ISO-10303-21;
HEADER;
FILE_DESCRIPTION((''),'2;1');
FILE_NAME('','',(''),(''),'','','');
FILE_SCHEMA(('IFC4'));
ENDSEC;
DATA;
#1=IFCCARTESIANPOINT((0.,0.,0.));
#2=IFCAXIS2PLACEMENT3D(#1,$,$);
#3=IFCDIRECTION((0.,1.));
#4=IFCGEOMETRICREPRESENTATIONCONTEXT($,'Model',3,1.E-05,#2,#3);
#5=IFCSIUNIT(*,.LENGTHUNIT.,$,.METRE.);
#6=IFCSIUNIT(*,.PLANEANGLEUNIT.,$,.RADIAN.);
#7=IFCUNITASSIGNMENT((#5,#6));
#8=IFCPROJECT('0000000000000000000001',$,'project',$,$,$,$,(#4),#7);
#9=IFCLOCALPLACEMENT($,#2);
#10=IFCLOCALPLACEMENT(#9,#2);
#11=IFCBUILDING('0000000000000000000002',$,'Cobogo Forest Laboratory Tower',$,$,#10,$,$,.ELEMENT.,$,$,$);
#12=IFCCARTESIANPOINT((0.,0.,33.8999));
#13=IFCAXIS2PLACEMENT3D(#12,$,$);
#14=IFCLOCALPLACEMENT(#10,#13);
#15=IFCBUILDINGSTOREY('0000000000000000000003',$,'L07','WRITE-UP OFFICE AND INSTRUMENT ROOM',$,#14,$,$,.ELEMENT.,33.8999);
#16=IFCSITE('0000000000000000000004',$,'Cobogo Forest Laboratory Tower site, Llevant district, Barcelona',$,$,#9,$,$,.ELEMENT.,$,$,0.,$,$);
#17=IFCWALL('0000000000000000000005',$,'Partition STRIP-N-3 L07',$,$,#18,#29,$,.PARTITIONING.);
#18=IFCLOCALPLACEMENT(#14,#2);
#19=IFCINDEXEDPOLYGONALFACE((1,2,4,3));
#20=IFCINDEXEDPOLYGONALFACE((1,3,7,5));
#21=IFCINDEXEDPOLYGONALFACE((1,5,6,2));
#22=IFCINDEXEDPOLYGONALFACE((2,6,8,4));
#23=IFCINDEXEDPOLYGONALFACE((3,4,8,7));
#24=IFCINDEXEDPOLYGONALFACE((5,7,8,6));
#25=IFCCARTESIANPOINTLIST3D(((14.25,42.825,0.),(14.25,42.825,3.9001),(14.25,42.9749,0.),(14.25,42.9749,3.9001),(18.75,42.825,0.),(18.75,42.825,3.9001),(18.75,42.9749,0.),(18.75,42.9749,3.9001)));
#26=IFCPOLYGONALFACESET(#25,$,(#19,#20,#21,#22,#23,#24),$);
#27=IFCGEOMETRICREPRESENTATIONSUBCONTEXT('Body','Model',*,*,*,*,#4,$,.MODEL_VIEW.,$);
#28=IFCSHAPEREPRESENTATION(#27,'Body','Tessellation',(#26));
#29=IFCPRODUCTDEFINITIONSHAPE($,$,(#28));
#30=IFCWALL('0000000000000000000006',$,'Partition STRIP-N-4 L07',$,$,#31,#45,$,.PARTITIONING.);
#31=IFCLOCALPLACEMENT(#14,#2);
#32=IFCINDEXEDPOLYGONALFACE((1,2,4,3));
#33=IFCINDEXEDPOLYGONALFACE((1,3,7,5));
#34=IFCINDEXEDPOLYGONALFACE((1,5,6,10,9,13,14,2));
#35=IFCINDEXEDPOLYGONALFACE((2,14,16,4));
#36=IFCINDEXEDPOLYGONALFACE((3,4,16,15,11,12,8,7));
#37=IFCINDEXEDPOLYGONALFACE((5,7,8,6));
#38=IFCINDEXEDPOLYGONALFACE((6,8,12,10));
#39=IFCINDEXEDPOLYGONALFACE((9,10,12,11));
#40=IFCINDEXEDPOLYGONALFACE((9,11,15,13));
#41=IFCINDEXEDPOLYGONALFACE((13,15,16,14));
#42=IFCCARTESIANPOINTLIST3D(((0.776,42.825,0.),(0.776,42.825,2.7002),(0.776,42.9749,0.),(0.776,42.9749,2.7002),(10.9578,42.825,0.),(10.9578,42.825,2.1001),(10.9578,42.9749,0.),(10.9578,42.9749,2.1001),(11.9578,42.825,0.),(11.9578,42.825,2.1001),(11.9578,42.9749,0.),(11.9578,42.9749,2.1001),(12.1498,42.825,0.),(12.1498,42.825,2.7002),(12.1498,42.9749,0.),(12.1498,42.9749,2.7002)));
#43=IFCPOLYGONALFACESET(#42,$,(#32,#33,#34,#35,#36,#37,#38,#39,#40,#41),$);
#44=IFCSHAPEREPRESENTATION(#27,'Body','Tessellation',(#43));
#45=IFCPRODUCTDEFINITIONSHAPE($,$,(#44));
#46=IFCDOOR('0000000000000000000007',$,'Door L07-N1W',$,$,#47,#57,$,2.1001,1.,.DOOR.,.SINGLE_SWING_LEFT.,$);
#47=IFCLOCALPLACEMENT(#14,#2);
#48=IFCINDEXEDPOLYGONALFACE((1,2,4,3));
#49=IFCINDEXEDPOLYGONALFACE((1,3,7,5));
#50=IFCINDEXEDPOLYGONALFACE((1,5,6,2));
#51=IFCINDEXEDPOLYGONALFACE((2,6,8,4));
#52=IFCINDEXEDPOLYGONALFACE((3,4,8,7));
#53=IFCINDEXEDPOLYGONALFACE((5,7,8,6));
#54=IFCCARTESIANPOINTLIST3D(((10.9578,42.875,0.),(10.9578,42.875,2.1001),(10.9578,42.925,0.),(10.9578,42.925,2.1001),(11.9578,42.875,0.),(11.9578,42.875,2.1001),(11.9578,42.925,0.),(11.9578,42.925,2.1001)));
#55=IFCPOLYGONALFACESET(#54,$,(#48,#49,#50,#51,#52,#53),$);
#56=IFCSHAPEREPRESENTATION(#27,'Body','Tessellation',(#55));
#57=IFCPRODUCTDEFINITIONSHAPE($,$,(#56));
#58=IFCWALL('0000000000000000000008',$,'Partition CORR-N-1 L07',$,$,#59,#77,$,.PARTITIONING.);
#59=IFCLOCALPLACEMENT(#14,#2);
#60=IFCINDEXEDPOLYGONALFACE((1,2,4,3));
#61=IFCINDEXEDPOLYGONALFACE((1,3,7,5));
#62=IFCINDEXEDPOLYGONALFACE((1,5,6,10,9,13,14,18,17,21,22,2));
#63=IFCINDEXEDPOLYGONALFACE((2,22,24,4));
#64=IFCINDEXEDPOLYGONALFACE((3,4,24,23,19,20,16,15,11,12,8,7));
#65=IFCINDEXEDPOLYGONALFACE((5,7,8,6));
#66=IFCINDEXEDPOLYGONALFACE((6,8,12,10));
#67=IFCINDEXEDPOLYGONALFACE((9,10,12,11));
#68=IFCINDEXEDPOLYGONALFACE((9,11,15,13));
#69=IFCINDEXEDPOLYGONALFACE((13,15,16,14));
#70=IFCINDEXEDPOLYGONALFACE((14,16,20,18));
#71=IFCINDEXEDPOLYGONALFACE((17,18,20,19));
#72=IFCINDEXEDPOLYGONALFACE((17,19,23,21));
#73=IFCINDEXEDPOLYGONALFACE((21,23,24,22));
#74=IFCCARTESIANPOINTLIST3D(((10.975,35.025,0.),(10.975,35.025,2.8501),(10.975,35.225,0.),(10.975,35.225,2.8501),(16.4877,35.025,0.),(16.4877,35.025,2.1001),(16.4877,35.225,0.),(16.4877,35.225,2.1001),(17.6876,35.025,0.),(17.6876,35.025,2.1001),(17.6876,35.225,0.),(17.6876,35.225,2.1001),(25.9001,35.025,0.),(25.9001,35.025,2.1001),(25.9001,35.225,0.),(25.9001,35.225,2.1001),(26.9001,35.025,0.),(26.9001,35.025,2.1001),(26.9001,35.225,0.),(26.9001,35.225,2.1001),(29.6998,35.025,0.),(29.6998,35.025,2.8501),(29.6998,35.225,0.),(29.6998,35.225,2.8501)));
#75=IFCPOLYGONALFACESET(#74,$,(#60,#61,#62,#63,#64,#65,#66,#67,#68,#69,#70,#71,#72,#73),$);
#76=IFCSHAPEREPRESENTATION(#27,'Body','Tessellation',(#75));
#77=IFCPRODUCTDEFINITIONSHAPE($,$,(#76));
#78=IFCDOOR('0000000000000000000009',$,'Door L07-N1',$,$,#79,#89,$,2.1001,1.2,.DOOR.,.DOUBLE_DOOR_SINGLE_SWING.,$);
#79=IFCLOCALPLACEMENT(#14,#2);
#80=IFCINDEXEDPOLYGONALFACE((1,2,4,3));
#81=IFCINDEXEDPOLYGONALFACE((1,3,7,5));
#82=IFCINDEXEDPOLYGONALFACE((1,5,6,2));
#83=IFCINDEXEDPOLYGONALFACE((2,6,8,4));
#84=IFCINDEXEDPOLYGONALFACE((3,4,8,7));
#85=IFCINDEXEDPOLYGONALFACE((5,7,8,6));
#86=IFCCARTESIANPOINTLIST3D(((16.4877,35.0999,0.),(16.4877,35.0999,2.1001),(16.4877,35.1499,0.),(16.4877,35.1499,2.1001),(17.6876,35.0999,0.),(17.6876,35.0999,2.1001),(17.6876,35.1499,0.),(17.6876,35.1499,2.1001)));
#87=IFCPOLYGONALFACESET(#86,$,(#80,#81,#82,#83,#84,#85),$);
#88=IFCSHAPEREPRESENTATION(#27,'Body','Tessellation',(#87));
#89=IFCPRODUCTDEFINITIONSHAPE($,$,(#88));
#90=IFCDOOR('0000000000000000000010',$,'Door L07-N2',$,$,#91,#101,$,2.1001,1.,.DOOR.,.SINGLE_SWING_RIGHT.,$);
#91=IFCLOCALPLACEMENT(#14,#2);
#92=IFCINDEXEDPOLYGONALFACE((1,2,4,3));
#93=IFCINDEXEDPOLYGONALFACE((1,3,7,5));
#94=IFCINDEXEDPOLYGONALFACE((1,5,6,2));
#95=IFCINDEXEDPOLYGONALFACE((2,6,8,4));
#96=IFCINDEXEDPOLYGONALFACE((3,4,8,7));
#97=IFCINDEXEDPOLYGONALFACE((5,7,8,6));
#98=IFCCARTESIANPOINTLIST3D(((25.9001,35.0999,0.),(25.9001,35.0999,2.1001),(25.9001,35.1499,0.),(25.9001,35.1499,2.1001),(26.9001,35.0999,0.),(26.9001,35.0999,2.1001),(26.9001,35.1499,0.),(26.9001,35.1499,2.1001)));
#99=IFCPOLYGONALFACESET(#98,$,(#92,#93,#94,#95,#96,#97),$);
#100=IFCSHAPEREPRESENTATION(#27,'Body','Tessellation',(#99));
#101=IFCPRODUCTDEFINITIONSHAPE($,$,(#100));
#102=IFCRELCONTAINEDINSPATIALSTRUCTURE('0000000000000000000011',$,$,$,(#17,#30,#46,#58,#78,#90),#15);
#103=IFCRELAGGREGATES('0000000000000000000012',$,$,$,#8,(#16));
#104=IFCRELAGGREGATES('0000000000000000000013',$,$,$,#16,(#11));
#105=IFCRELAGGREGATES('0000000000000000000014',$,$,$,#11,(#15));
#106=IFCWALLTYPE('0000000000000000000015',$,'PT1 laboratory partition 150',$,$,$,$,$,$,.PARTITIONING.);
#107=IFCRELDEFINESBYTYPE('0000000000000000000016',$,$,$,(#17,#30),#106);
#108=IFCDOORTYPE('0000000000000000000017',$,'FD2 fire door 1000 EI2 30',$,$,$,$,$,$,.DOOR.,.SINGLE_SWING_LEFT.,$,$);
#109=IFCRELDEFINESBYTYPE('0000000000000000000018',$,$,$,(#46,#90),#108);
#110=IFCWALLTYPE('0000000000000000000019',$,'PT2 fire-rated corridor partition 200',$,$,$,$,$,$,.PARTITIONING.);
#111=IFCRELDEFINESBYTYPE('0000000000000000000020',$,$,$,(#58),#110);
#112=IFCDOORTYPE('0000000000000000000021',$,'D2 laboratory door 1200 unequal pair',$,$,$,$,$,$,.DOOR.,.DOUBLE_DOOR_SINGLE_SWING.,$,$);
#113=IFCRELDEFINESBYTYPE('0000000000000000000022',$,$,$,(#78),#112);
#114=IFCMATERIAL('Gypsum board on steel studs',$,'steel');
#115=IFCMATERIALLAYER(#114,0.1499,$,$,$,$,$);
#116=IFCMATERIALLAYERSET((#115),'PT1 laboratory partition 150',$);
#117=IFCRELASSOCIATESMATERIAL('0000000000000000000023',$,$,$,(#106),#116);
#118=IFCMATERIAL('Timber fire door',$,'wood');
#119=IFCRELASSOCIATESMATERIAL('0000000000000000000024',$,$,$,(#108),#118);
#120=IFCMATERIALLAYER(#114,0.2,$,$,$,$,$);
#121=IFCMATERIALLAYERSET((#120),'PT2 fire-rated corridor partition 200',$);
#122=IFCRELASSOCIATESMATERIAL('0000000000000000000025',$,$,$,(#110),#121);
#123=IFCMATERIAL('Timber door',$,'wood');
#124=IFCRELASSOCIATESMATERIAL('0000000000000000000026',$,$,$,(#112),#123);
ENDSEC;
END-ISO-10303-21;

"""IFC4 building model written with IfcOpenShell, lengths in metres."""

from ifc_helpers import new_model, si_unit, direction, frame, frame_2d, origin, place, context, subcontext, project, spatial, rectangle, extrude, material, layer, layer_set, type_object, element, fill, save


model = new_model("IFC4")

# Units and contexts
model_context = context("Model", 3, precision=1e-05, world=origin(), true_north=direction((0.0, 1.0)))
body_context = subcontext(model_context, "Body", "Model", "MODEL_VIEW")
ifc_project = project(units=[si_unit("LENGTHUNIT", "METRE"), si_unit("PLANEANGLEUNIT", "RADIAN")], contexts=[model_context])

# Site, building, storey
site_placement = place(None, origin())
site = spatial("IfcSite", under=ifc_project, at=site_placement, Name="Cobogo Forest Laboratory Tower site, Llevant district, Barcelona", CompositionType="ELEMENT", RefElevation=0.0)
building_placement = place(site_placement, origin())
building = spatial("IfcBuilding", under=site, at=building_placement, Name="Cobogo Forest Laboratory Tower", CompositionType="ELEMENT")
storey_placement = place(building_placement, frame((0.0, 0.0, 33.8999)))
storey = spatial("IfcBuildingStorey", under=building, at=storey_placement, Name="L07", Description="WRITE-UP OFFICE AND INSTRUMENT ROOM", CompositionType="ELEMENT", Elevation=33.8999)

# Wall
ifc_material_1 = material(Name="Gypsum board on steel studs", Category="steel")
ifc_layer_1 = layer(ifc_material_1, 0.1499)
ifc_layer_set_1 = layer_set([ifc_layer_1], Name="PT1 laboratory partition 150")
wall_type_1 = type_object("IfcWallType", Name="PT1 laboratory partition 150", PredefinedType="PARTITIONING", material=ifc_layer_set_1)
wall_1_placement = place(storey_placement, frame((18.75, 42.8999, 0.0), z_axis=(0.0, 0.0, 1.0), x_axis=(-1.0, 0.0, 0.0)))
element("IfcWall", 1, at=wall_1_placement, inside=storey, type_object=wall_type_1, Name="Partition STRIP-N-3 L07", PredefinedType="PARTITIONING", context=body_context, shape_type="SweptSolid", body=[
    extrude(rectangle(XDim=4.5, YDim=0.1499, at=frame_2d((2.25, 0.0))), origin(), (0.0, 0.0, 1.0), 3.9001),
])

# Wall, opening, door
wall_2_placement = place(storey_placement, frame((12.1499, 42.8999, 0.0), z_axis=(0.0, 0.0, 1.0), x_axis=(-1.0, 0.0, 0.0)))
wall_2 = element("IfcWall", 2, at=wall_2_placement, inside=storey, type_object=wall_type_1, Name="Partition STRIP-N-4 L07", PredefinedType="PARTITIONING", context=body_context, shape_type="SweptSolid", body=[
    extrude(rectangle(XDim=11.3738, YDim=0.1499, at=frame_2d((5.687, 0.0))), origin(), (0.0, 0.0, 1.0), 2.7002),
])
opening_1_placement = place(wall_2_placement, frame((0.1921, 0.0, 0.0)))
opening_1 = element("IfcOpeningElement", 3, at=opening_1_placement, cuts=wall_2, PredefinedType="OPENING", context=body_context, shape_type="SweptSolid", body=[
    extrude(rectangle(XDim=1.0, YDim=2.1001, at=frame_2d((0.5, 1.05))), frame((0.0, 0.085, 0.0), z_axis=(0.0, -1.0, 0.0), x_axis=(1.0, 0.0, 0.0)), (0.0, 0.0, 1.0), 0.1699),
])
ifc_material_2 = material(Name="Timber fire door", Category="wood")
door_type_1 = type_object("IfcDoorType", Name="FD2 fire door 1000 EI2 30", OperationType="SINGLE_SWING_LEFT", PredefinedType="DOOR", material=ifc_material_2)
door_1_placement = place(opening_1_placement, origin())
door_1 = element("IfcDoor", 4, at=door_1_placement, inside=storey, type_object=door_type_1, Name="Door L07-N1W", OperationType="SINGLE_SWING_LEFT", OverallHeight=2.1001, OverallWidth=1.0, PredefinedType="DOOR", context=body_context, shape_type="SweptSolid", body=[
    extrude(rectangle(XDim=1.0, YDim=2.1001, at=frame_2d((0.5, 1.05))), frame((0.0, 0.0249, 0.0), z_axis=(0.0, -1.0, 0.0), x_axis=(1.0, 0.0, 0.0)), (0.0, 0.0, 1.0), 0.05),
])
fill(opening_1, door_1)

# Wall, openings, doors
ifc_layer_2 = layer(ifc_material_1, 0.2)
ifc_layer_set_2 = layer_set([ifc_layer_2], Name="PT2 fire-rated corridor partition 200")
wall_type_2 = type_object("IfcWallType", Name="PT2 fire-rated corridor partition 200", PredefinedType="PARTITIONING", material=ifc_layer_set_2)
wall_3_placement = place(storey_placement, frame((10.9751, 35.125, 0.0), z_axis=(0.0, 0.0, 1.0), x_axis=(1.0, 0.0, 0.0)))
wall_3 = element("IfcWall", 5, at=wall_3_placement, inside=storey, type_object=wall_type_2, Name="Partition CORR-N-1 L07", PredefinedType="PARTITIONING", context=body_context, shape_type="SweptSolid", body=[
    extrude(rectangle(XDim=18.7249, YDim=0.2, at=frame_2d((9.3623, 0.0))), origin(), (0.0, 0.0, 1.0), 2.8501),
])
opening_2_placement = place(wall_3_placement, frame((5.5125, 0.0, 0.0)))
opening_2 = element("IfcOpeningElement", 6, at=opening_2_placement, cuts=wall_3, PredefinedType="OPENING", context=body_context, shape_type="SweptSolid", body=[
    extrude(rectangle(XDim=1.2, YDim=2.1001, at=frame_2d((0.6001, 1.05))), frame((0.0, 0.1099, 0.0), z_axis=(0.0, -1.0, 0.0), x_axis=(1.0, 0.0, 0.0)), (0.0, 0.0, 1.0), 0.22),
])
opening_3_placement = place(wall_3_placement, frame((14.925, 0.0, 0.0)))
opening_3 = element("IfcOpeningElement", 7, at=opening_3_placement, cuts=wall_3, PredefinedType="OPENING", context=body_context, shape_type="SweptSolid", body=[
    extrude(rectangle(XDim=1.0, YDim=2.1001, at=frame_2d((0.5, 1.05))), frame((0.0, 0.1099, 0.0), z_axis=(0.0, -1.0, 0.0), x_axis=(1.0, 0.0, 0.0)), (0.0, 0.0, 1.0), 0.22),
])
ifc_material_3 = material(Name="Timber door", Category="wood")
door_type_2 = type_object("IfcDoorType", Name="D2 laboratory door 1200 unequal pair", OperationType="DOUBLE_DOOR_SINGLE_SWING", PredefinedType="DOOR", material=ifc_material_3)
door_2_placement = place(opening_2_placement, origin())
door_2 = element("IfcDoor", 8, at=door_2_placement, inside=storey, type_object=door_type_2, Name="Door L07-N1", OperationType="DOUBLE_DOOR_SINGLE_SWING", OverallHeight=2.1001, OverallWidth=1.2, PredefinedType="DOOR", context=body_context, shape_type="SweptSolid", body=[
    extrude(rectangle(XDim=1.2, YDim=2.1001, at=frame_2d((0.6001, 1.05))), frame((0.0, 0.0249, 0.0), z_axis=(0.0, -1.0, 0.0), x_axis=(1.0, 0.0, 0.0)), (0.0, 0.0, 1.0), 0.05),
])
fill(opening_2, door_2)
door_3_placement = place(opening_3_placement, origin())
door_3 = element("IfcDoor", 9, at=door_3_placement, inside=storey, type_object=door_type_1, Name="Door L07-N2", OperationType="SINGLE_SWING_RIGHT", OverallHeight=2.1001, OverallWidth=1.0, PredefinedType="DOOR", context=body_context, shape_type="SweptSolid", body=[
    extrude(rectangle(XDim=1.0, YDim=2.1001, at=frame_2d((0.5, 1.05))), frame((0.0, 0.0249, 0.0), z_axis=(0.0, -1.0, 0.0), x_axis=(1.0, 0.0, 0.0)), (0.0, 0.0, 1.0), 0.05),
])
fill(opening_3, door_3)

save(model, "model.ifc")
